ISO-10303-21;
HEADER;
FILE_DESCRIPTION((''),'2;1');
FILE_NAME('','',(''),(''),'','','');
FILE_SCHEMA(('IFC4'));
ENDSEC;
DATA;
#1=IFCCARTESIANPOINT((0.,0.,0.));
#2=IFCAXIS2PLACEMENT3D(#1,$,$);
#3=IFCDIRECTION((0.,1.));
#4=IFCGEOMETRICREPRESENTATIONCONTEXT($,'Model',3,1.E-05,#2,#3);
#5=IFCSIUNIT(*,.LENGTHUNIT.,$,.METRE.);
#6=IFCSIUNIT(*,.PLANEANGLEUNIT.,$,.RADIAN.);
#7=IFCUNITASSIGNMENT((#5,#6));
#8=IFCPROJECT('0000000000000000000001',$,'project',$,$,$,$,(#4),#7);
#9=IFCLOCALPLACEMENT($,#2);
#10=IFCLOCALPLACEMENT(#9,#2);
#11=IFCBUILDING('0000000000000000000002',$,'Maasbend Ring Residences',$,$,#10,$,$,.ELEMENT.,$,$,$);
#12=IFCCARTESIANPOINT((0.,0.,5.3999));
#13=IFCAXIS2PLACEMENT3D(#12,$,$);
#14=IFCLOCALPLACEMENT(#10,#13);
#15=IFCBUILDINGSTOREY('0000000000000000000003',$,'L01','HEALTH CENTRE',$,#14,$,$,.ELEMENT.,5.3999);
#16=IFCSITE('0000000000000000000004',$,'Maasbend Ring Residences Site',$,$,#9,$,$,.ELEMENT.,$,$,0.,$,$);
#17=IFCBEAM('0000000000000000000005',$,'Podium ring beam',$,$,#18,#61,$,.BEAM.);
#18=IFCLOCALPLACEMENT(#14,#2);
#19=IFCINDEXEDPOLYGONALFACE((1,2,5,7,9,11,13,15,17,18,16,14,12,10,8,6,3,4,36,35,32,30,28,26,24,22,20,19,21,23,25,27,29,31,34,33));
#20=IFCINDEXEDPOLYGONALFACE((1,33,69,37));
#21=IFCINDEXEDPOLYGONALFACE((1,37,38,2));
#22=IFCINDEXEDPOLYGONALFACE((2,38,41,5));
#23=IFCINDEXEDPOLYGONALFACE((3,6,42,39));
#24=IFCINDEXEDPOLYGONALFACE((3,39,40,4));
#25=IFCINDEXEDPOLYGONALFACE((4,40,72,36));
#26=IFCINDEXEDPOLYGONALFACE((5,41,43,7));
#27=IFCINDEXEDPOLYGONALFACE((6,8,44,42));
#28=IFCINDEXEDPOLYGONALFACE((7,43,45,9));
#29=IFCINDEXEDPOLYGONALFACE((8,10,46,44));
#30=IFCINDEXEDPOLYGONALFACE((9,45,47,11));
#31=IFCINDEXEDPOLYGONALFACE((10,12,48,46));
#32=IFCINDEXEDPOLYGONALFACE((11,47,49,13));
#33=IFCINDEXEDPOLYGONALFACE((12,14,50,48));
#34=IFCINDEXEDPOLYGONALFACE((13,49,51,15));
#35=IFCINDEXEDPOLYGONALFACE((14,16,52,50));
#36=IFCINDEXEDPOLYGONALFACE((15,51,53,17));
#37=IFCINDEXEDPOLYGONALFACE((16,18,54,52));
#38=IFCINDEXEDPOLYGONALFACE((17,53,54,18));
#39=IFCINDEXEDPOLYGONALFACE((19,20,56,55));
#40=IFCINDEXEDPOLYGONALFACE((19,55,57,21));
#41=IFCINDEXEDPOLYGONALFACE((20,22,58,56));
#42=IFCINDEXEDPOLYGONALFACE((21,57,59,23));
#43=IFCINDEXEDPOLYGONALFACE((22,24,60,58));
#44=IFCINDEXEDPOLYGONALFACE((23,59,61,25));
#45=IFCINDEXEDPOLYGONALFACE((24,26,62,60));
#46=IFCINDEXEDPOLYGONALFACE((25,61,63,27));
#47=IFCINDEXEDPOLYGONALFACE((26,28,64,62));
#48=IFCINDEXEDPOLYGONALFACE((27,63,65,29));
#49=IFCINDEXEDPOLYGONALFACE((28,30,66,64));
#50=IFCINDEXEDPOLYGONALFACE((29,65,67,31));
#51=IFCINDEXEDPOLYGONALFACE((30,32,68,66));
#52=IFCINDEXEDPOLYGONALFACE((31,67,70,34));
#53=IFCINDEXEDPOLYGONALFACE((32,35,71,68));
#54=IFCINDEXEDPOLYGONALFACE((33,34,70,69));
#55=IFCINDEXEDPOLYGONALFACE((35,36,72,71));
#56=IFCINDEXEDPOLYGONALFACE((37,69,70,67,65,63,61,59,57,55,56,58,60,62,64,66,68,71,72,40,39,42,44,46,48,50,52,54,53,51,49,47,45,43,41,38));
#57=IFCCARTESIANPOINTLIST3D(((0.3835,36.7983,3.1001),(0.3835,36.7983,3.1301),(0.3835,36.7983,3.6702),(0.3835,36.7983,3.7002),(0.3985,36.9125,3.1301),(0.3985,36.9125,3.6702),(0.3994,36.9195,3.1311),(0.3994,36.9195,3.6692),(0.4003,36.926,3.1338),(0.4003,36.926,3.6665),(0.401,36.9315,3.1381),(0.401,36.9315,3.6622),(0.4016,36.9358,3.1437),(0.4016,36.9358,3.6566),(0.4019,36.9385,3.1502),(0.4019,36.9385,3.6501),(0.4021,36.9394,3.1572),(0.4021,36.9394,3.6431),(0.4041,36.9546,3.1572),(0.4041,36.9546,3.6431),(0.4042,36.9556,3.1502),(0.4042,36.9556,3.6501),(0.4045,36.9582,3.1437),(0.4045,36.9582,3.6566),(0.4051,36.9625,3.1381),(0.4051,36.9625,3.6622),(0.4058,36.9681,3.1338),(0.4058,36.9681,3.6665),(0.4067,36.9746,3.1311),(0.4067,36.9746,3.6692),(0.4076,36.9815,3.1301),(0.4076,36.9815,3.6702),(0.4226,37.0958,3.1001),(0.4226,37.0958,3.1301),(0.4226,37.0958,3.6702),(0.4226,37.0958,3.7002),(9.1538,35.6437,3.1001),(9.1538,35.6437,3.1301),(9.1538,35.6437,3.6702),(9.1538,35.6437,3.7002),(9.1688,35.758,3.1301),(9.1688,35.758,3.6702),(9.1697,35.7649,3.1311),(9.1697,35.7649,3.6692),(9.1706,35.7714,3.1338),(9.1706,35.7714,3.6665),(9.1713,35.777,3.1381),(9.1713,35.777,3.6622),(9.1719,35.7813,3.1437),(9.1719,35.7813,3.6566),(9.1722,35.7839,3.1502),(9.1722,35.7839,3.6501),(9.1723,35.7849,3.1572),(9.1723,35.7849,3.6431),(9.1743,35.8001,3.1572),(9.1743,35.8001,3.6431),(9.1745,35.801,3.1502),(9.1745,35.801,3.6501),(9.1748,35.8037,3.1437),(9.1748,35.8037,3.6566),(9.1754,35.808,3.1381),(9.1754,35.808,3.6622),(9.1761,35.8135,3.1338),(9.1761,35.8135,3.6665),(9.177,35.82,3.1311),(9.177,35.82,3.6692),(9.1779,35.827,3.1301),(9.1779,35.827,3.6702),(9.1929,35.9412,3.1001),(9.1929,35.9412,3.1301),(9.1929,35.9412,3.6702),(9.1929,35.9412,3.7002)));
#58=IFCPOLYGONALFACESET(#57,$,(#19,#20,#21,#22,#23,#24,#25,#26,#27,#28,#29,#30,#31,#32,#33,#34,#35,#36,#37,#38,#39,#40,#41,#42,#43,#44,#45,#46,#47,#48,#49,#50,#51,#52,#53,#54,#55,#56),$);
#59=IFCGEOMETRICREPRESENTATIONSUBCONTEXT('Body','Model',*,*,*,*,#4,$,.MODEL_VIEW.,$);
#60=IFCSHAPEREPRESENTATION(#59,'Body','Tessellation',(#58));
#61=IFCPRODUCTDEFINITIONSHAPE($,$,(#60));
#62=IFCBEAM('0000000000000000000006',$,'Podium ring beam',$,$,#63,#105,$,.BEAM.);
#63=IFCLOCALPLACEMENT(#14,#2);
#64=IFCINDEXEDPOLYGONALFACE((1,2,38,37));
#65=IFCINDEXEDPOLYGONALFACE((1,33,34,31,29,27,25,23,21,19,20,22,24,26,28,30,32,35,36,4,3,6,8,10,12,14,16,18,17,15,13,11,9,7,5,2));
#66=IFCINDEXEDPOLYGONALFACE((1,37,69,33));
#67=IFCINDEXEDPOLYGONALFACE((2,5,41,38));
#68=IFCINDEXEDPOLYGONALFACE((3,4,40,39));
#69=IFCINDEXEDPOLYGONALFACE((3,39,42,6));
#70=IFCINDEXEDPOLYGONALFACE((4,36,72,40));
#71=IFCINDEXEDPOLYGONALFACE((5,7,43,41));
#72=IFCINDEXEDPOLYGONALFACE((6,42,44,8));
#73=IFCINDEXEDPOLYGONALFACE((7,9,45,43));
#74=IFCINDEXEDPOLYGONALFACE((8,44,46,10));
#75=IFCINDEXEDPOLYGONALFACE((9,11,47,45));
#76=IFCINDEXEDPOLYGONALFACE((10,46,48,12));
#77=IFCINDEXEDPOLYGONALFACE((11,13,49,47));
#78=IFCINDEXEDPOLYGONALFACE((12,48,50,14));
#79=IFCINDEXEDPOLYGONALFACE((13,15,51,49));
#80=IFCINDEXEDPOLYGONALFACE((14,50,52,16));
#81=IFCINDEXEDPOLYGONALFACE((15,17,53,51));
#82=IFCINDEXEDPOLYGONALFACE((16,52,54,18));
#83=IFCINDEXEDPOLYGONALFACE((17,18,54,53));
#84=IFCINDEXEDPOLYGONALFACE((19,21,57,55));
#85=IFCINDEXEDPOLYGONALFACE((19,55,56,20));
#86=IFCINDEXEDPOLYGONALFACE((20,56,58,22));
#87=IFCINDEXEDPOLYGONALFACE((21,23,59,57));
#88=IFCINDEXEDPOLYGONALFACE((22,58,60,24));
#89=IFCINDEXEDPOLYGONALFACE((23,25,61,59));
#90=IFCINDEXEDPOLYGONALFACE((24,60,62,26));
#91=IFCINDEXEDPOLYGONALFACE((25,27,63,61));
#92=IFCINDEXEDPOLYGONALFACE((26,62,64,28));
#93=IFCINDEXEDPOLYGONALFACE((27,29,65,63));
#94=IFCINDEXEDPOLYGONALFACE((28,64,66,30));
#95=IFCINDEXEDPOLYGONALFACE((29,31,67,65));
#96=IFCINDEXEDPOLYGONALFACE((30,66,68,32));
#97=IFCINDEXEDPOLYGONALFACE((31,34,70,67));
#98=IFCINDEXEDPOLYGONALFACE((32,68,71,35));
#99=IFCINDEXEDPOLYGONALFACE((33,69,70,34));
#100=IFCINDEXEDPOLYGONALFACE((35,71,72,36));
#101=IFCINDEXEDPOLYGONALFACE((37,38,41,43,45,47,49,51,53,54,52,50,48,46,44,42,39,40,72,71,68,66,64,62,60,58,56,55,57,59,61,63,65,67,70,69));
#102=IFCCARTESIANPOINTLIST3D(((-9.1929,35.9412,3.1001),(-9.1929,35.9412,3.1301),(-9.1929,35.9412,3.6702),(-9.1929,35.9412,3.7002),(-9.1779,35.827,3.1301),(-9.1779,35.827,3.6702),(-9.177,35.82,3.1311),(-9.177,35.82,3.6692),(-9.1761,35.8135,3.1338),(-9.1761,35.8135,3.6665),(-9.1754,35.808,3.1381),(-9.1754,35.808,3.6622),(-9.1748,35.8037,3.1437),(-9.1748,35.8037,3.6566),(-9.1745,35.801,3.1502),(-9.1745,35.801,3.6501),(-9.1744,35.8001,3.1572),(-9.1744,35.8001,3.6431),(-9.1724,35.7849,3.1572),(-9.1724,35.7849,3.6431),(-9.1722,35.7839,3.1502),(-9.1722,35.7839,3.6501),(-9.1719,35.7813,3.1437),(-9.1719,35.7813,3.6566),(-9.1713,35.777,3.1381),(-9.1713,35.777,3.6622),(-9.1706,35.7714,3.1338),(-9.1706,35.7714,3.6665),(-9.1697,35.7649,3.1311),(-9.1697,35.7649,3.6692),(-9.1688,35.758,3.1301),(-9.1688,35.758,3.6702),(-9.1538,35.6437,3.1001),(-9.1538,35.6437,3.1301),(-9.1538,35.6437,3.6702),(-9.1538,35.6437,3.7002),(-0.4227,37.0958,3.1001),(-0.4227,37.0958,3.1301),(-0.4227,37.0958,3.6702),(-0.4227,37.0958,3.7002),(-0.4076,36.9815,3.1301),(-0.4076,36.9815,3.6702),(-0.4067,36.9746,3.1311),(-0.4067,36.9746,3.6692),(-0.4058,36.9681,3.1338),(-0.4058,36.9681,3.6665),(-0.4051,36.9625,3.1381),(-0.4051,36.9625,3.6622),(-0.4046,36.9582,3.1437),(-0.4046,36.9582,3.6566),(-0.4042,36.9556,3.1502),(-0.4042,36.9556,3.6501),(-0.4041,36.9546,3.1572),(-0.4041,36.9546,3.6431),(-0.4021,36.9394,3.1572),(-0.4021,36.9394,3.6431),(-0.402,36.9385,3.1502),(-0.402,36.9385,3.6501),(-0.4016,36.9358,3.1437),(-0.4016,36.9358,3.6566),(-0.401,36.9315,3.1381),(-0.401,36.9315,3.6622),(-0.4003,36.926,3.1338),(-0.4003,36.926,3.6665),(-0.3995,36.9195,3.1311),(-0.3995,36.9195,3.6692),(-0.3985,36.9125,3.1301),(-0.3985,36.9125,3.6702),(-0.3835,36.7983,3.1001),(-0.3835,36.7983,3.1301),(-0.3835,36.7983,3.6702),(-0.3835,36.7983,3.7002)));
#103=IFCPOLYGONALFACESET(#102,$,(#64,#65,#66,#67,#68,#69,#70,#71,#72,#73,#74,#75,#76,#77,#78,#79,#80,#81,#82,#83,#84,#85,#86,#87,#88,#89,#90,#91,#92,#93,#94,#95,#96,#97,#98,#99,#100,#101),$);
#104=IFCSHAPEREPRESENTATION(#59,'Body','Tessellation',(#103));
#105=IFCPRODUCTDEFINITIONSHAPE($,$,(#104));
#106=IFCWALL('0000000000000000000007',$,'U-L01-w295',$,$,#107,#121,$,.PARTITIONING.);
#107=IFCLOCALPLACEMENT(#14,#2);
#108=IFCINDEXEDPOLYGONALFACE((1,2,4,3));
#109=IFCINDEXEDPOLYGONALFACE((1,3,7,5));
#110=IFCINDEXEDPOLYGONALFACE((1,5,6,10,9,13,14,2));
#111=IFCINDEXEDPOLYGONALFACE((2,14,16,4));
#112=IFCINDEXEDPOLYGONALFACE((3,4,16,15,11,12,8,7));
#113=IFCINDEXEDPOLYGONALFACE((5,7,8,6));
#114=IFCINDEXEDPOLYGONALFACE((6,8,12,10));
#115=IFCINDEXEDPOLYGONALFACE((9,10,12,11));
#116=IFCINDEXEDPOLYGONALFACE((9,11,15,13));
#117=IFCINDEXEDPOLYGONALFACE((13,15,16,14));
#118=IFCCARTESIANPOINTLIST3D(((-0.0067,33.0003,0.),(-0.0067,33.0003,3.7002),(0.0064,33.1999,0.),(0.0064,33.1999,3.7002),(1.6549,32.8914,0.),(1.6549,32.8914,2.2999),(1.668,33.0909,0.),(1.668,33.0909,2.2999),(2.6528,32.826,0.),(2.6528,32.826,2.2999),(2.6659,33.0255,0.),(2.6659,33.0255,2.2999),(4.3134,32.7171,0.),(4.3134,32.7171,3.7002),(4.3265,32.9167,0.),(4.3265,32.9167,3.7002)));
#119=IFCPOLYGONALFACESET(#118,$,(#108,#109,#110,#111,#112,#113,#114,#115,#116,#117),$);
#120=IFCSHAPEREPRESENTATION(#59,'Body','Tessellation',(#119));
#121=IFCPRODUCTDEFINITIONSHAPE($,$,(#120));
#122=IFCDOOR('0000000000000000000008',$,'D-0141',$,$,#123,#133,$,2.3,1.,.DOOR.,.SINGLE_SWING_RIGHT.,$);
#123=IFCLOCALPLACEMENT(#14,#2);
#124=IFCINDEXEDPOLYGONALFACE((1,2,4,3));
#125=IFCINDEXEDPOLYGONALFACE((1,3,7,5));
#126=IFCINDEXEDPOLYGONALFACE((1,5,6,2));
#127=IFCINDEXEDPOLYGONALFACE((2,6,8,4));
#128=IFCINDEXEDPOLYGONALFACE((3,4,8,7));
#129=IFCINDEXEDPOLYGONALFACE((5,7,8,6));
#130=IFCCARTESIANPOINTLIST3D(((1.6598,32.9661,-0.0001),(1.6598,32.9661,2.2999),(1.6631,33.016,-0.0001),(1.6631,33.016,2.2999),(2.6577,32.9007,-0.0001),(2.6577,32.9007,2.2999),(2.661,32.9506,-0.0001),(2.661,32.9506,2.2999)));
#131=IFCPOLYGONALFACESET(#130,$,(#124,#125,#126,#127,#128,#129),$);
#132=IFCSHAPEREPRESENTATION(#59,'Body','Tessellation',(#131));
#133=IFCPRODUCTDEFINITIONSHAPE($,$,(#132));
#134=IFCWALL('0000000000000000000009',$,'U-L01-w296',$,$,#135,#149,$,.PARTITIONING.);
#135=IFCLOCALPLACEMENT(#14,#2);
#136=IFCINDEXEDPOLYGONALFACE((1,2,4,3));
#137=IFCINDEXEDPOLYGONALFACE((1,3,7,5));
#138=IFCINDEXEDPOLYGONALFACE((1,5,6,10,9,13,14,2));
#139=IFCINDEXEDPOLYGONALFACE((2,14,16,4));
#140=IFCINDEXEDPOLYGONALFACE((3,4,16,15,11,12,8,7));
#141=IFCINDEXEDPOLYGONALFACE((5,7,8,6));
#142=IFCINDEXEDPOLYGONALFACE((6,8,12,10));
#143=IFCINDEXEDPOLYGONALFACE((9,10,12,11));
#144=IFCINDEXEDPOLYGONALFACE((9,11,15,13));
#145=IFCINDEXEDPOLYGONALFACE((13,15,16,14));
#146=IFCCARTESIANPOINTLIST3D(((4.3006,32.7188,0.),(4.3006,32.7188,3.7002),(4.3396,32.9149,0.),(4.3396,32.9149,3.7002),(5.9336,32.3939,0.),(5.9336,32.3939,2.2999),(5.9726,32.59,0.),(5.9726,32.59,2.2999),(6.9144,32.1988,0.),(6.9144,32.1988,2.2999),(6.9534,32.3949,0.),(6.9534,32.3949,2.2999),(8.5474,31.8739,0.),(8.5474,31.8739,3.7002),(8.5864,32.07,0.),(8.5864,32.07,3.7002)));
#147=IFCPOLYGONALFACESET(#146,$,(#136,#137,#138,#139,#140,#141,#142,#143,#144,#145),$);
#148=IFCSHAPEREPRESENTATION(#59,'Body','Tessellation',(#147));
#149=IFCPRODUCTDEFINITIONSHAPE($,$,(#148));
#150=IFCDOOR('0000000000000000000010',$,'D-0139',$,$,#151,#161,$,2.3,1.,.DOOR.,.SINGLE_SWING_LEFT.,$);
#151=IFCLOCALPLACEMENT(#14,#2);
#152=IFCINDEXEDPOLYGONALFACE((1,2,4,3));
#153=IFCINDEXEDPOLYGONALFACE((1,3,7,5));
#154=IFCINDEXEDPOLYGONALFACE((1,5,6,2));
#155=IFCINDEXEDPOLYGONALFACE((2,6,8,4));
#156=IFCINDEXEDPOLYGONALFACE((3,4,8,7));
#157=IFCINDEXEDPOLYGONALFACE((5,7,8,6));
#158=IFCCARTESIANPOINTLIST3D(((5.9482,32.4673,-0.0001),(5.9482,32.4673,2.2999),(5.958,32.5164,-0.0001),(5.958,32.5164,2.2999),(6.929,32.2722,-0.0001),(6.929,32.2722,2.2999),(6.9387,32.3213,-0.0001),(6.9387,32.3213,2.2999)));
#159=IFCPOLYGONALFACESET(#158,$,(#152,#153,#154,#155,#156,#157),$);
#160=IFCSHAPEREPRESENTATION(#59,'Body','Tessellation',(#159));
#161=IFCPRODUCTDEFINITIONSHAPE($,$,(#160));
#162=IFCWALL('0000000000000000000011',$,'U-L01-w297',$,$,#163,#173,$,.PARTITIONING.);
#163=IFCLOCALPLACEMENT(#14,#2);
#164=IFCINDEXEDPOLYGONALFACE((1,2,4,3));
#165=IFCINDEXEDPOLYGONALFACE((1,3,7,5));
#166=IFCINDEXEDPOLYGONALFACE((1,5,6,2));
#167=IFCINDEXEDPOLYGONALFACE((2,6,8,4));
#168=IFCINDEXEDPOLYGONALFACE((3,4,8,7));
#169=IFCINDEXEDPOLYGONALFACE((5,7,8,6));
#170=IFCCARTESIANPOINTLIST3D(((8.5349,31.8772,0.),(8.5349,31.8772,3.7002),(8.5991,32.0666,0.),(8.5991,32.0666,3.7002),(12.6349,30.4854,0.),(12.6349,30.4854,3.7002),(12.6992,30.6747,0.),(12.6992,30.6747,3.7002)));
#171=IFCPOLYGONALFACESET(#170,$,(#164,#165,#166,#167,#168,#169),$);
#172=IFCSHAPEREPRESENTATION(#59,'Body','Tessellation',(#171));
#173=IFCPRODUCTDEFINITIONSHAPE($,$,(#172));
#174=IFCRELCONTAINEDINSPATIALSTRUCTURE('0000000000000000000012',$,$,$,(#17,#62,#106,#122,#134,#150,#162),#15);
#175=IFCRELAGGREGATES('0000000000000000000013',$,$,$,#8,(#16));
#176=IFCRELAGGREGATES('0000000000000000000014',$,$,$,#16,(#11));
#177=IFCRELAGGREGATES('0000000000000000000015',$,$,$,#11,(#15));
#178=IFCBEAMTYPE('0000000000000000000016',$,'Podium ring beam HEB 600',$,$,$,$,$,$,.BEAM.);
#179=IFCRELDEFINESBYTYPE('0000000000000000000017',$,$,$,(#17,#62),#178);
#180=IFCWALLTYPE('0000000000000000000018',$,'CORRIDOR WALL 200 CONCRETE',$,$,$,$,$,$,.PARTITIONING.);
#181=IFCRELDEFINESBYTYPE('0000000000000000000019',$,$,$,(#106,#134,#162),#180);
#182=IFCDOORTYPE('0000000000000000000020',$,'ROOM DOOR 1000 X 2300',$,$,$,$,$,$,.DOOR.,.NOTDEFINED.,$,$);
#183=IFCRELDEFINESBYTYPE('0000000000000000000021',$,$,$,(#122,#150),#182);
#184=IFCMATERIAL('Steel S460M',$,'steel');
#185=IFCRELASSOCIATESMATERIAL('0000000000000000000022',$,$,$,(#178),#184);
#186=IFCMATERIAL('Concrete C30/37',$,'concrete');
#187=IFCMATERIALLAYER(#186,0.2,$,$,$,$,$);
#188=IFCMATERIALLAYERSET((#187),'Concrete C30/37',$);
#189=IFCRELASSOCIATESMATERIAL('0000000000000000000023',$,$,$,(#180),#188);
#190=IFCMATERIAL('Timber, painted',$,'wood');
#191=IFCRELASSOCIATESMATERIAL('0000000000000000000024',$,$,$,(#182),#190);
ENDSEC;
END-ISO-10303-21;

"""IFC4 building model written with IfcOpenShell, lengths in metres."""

from ifc_helpers import new_model, si_unit, direction, frame, frame_2d, origin, origin_2d, place, context, subcontext, project, spatial, rectangle, i_section, extrude, material, layer, layer_set, material_profile, profile_set, type_object, element, fill, save


model = new_model("IFC4")

# Units and contexts
model_context = context("Model", 3, precision=1e-05, world=origin(), true_north=direction((0.0, 1.0)))
body_context = subcontext(model_context, "Body", "Model", "MODEL_VIEW")
ifc_project = project(units=[si_unit("LENGTHUNIT", "METRE"), si_unit("PLANEANGLEUNIT", "RADIAN")], contexts=[model_context])

# Site, building, storey
site_placement = place(None, origin())
site = spatial("IfcSite", under=ifc_project, at=site_placement, Name="Maasbend Ring Residences Site", CompositionType="ELEMENT", RefElevation=0.0)
building_placement = place(site_placement, origin())
building = spatial("IfcBuilding", under=site, at=building_placement, Name="Maasbend Ring Residences", CompositionType="ELEMENT")
storey_placement = place(building_placement, frame((0.0, 0.0, 5.3999)))
storey = spatial("IfcBuildingStorey", under=building, at=storey_placement, Name="L01", Description="HEALTH CENTRE", CompositionType="ELEMENT", Elevation=5.3999)

# Beams
ifc_material_1 = material(Name="Steel S460M", Category="steel")
ifc_material_profile_1 = material_profile(ifc_material_1, i_section(OverallWidth=0.3, OverallDepth=0.6001, WebThickness=0.0154, FlangeThickness=0.03, FilletRadius=0.0271, at=origin_2d()), Name="HEB 600")
ifc_profile_set_1 = profile_set([ifc_material_profile_1], Name="Steel S460M")
beam_type_1 = type_object("IfcBeamType", Name="Podium ring beam HEB 600", PredefinedType="BEAM", material=ifc_profile_set_1)
for number, where, z_axis, x_axis, name in (
    (1, (9.1733, 35.7925, 3.4001), (-0.991446, 0.130517, 0.0), (-0.130517, -0.991446, 0.0), "Podium ring beam"),
    (2, (-0.4031, 36.947, 3.4001), (-0.991446, -0.130517, 0.0), (0.130517, -0.991446, 0.0), "Podium ring beam"),
):
    element("IfcBeam", number, at=place(storey_placement, frame(where, z_axis=z_axis, x_axis=x_axis)), inside=storey, type_object=beam_type_1, Name=name, PredefinedType="BEAM", context=body_context, shape_type="SweptSolid", body=[
        extrude(i_section(OverallWidth=0.3, OverallDepth=0.6001, WebThickness=0.0154, FlangeThickness=0.03, FilletRadius=0.0271, at=origin_2d()), origin(), (0.0, 0.0, 1.0), 8.8459),
    ])

# Walls, openings, doors
ifc_material_2 = material(Name="Concrete C30/37", Category="concrete")
ifc_layer_1 = layer(ifc_material_2, 0.2)
ifc_layer_set_1 = layer_set([ifc_layer_1], Name="Concrete C30/37")
wall_type_1 = type_object("IfcWallType", Name="CORRIDOR WALL 200 CONCRETE", PredefinedType="PARTITIONING", material=ifc_layer_set_1)
wall_1_placement = place(storey_placement, frame((0.0, 33.1001, 0.0), z_axis=(0.0, 0.0, 1.0), x_axis=(0.997858, -0.065415, 0.0)))
wall_1 = element("IfcWall", 3, at=wall_1_placement, inside=storey, type_object=wall_type_1, Name="U-L01-w295", PredefinedType="PARTITIONING", context=body_context, shape_type="SweptSolid", body=[
    extrude(rectangle(XDim=4.3293, YDim=0.2, at=frame_2d((2.1646, 0.0))), origin(), (0.0, 0.0, 1.0), 3.7002),
])
opening_1_placement = place(wall_1_placement, frame((1.665, 0.0, 0.0)))
opening_1 = element("IfcOpeningElement", 4, at=opening_1_placement, cuts=wall_1, PredefinedType="OPENING", context=body_context, shape_type="SweptSolid", body=[
    extrude(rectangle(XDim=1.0, YDim=2.3, at=frame_2d((0.5, 1.1499))), frame((0.0, 0.1099, 0.0), z_axis=(0.0, -1.0, 0.0), x_axis=(1.0, 0.0, 0.0)), (0.0, 0.0, 1.0), 0.22),
])
ifc_material_3 = material(Name="Timber, painted", Category="wood")
door_type_1 = type_object("IfcDoorType", Name="ROOM DOOR 1000 X 2300", OperationType="NOTDEFINED", PredefinedType="DOOR", material=ifc_material_3)
door_1_placement = place(opening_1_placement, origin())
door_1 = element("IfcDoor", 5, at=door_1_placement, inside=storey, type_object=door_type_1, Name="D-0141", OperationType="SINGLE_SWING_RIGHT", OverallHeight=2.3, OverallWidth=1.0, PredefinedType="DOOR", context=body_context, shape_type="SweptSolid", body=[
    extrude(rectangle(XDim=1.0, YDim=2.3, at=frame_2d((0.5, 1.1499))), frame((0.0, 0.0249, 0.0), z_axis=(0.0, -1.0, 0.0), x_axis=(1.0, 0.0, 0.0)), (0.0, 0.0, 1.0), 0.05),
])
fill(opening_1, door_1)
wall_2_placement = place(storey_placement, frame((4.3201, 32.8169, 0.0), z_axis=(0.0, 0.0, 1.0), x_axis=(0.980775, -0.19514, 0.0)))
wall_2 = element("IfcWall", 6, at=wall_2_placement, inside=storey, type_object=wall_type_1, Name="U-L01-w296", PredefinedType="PARTITIONING", context=body_context, shape_type="SweptSolid", body=[
    extrude(rectangle(XDim=4.3301, YDim=0.2, at=frame_2d((2.165, 0.0))), origin(), (0.0, 0.0, 1.0), 3.7002),
])
opening_2_placement = place(wall_2_placement, frame((1.665, 0.0, 0.0)))
opening_2 = element("IfcOpeningElement", 7, at=opening_2_placement, cuts=wall_2, PredefinedType="OPENING", context=body_context, shape_type="SweptSolid", body=[
    extrude(rectangle(XDim=1.0, YDim=2.3, at=frame_2d((0.5, 1.1499))), frame((0.0, 0.1099, 0.0), z_axis=(0.0, -1.0, 0.0), x_axis=(1.0, 0.0, 0.0)), (0.0, 0.0, 1.0), 0.22),
])
door_2_placement = place(opening_2_placement, origin())
door_2 = element("IfcDoor", 8, at=door_2_placement, inside=storey, type_object=door_type_1, Name="D-0139", OperationType="SINGLE_SWING_LEFT", OverallHeight=2.3, OverallWidth=1.0, PredefinedType="DOOR", context=body_context, shape_type="SweptSolid", body=[
    extrude(rectangle(XDim=1.0, YDim=2.3, at=frame_2d((0.5, 1.1499))), frame((0.0, 0.0249, 0.0), z_axis=(0.0, -1.0, 0.0), x_axis=(1.0, 0.0, 0.0)), (0.0, 0.0, 1.0), 0.05),
])
fill(opening_2, door_2)

# Wall
wall_3_placement = place(storey_placement, frame((8.5669, 31.9719, 0.0), z_axis=(0.0, 0.0, 1.0), x_axis=(0.946927, -0.32145, 0.0)))
element("IfcWall", 9, at=wall_3_placement, inside=storey, type_object=wall_type_1, Name="U-L01-w297", PredefinedType="PARTITIONING", context=body_context, shape_type="SweptSolid", body=[
    extrude(rectangle(XDim=4.3298, YDim=0.2, at=frame_2d((2.165, 0.0))), origin(), (0.0, 0.0, 1.0), 3.7002),
])

save(model, "model.ifc")
